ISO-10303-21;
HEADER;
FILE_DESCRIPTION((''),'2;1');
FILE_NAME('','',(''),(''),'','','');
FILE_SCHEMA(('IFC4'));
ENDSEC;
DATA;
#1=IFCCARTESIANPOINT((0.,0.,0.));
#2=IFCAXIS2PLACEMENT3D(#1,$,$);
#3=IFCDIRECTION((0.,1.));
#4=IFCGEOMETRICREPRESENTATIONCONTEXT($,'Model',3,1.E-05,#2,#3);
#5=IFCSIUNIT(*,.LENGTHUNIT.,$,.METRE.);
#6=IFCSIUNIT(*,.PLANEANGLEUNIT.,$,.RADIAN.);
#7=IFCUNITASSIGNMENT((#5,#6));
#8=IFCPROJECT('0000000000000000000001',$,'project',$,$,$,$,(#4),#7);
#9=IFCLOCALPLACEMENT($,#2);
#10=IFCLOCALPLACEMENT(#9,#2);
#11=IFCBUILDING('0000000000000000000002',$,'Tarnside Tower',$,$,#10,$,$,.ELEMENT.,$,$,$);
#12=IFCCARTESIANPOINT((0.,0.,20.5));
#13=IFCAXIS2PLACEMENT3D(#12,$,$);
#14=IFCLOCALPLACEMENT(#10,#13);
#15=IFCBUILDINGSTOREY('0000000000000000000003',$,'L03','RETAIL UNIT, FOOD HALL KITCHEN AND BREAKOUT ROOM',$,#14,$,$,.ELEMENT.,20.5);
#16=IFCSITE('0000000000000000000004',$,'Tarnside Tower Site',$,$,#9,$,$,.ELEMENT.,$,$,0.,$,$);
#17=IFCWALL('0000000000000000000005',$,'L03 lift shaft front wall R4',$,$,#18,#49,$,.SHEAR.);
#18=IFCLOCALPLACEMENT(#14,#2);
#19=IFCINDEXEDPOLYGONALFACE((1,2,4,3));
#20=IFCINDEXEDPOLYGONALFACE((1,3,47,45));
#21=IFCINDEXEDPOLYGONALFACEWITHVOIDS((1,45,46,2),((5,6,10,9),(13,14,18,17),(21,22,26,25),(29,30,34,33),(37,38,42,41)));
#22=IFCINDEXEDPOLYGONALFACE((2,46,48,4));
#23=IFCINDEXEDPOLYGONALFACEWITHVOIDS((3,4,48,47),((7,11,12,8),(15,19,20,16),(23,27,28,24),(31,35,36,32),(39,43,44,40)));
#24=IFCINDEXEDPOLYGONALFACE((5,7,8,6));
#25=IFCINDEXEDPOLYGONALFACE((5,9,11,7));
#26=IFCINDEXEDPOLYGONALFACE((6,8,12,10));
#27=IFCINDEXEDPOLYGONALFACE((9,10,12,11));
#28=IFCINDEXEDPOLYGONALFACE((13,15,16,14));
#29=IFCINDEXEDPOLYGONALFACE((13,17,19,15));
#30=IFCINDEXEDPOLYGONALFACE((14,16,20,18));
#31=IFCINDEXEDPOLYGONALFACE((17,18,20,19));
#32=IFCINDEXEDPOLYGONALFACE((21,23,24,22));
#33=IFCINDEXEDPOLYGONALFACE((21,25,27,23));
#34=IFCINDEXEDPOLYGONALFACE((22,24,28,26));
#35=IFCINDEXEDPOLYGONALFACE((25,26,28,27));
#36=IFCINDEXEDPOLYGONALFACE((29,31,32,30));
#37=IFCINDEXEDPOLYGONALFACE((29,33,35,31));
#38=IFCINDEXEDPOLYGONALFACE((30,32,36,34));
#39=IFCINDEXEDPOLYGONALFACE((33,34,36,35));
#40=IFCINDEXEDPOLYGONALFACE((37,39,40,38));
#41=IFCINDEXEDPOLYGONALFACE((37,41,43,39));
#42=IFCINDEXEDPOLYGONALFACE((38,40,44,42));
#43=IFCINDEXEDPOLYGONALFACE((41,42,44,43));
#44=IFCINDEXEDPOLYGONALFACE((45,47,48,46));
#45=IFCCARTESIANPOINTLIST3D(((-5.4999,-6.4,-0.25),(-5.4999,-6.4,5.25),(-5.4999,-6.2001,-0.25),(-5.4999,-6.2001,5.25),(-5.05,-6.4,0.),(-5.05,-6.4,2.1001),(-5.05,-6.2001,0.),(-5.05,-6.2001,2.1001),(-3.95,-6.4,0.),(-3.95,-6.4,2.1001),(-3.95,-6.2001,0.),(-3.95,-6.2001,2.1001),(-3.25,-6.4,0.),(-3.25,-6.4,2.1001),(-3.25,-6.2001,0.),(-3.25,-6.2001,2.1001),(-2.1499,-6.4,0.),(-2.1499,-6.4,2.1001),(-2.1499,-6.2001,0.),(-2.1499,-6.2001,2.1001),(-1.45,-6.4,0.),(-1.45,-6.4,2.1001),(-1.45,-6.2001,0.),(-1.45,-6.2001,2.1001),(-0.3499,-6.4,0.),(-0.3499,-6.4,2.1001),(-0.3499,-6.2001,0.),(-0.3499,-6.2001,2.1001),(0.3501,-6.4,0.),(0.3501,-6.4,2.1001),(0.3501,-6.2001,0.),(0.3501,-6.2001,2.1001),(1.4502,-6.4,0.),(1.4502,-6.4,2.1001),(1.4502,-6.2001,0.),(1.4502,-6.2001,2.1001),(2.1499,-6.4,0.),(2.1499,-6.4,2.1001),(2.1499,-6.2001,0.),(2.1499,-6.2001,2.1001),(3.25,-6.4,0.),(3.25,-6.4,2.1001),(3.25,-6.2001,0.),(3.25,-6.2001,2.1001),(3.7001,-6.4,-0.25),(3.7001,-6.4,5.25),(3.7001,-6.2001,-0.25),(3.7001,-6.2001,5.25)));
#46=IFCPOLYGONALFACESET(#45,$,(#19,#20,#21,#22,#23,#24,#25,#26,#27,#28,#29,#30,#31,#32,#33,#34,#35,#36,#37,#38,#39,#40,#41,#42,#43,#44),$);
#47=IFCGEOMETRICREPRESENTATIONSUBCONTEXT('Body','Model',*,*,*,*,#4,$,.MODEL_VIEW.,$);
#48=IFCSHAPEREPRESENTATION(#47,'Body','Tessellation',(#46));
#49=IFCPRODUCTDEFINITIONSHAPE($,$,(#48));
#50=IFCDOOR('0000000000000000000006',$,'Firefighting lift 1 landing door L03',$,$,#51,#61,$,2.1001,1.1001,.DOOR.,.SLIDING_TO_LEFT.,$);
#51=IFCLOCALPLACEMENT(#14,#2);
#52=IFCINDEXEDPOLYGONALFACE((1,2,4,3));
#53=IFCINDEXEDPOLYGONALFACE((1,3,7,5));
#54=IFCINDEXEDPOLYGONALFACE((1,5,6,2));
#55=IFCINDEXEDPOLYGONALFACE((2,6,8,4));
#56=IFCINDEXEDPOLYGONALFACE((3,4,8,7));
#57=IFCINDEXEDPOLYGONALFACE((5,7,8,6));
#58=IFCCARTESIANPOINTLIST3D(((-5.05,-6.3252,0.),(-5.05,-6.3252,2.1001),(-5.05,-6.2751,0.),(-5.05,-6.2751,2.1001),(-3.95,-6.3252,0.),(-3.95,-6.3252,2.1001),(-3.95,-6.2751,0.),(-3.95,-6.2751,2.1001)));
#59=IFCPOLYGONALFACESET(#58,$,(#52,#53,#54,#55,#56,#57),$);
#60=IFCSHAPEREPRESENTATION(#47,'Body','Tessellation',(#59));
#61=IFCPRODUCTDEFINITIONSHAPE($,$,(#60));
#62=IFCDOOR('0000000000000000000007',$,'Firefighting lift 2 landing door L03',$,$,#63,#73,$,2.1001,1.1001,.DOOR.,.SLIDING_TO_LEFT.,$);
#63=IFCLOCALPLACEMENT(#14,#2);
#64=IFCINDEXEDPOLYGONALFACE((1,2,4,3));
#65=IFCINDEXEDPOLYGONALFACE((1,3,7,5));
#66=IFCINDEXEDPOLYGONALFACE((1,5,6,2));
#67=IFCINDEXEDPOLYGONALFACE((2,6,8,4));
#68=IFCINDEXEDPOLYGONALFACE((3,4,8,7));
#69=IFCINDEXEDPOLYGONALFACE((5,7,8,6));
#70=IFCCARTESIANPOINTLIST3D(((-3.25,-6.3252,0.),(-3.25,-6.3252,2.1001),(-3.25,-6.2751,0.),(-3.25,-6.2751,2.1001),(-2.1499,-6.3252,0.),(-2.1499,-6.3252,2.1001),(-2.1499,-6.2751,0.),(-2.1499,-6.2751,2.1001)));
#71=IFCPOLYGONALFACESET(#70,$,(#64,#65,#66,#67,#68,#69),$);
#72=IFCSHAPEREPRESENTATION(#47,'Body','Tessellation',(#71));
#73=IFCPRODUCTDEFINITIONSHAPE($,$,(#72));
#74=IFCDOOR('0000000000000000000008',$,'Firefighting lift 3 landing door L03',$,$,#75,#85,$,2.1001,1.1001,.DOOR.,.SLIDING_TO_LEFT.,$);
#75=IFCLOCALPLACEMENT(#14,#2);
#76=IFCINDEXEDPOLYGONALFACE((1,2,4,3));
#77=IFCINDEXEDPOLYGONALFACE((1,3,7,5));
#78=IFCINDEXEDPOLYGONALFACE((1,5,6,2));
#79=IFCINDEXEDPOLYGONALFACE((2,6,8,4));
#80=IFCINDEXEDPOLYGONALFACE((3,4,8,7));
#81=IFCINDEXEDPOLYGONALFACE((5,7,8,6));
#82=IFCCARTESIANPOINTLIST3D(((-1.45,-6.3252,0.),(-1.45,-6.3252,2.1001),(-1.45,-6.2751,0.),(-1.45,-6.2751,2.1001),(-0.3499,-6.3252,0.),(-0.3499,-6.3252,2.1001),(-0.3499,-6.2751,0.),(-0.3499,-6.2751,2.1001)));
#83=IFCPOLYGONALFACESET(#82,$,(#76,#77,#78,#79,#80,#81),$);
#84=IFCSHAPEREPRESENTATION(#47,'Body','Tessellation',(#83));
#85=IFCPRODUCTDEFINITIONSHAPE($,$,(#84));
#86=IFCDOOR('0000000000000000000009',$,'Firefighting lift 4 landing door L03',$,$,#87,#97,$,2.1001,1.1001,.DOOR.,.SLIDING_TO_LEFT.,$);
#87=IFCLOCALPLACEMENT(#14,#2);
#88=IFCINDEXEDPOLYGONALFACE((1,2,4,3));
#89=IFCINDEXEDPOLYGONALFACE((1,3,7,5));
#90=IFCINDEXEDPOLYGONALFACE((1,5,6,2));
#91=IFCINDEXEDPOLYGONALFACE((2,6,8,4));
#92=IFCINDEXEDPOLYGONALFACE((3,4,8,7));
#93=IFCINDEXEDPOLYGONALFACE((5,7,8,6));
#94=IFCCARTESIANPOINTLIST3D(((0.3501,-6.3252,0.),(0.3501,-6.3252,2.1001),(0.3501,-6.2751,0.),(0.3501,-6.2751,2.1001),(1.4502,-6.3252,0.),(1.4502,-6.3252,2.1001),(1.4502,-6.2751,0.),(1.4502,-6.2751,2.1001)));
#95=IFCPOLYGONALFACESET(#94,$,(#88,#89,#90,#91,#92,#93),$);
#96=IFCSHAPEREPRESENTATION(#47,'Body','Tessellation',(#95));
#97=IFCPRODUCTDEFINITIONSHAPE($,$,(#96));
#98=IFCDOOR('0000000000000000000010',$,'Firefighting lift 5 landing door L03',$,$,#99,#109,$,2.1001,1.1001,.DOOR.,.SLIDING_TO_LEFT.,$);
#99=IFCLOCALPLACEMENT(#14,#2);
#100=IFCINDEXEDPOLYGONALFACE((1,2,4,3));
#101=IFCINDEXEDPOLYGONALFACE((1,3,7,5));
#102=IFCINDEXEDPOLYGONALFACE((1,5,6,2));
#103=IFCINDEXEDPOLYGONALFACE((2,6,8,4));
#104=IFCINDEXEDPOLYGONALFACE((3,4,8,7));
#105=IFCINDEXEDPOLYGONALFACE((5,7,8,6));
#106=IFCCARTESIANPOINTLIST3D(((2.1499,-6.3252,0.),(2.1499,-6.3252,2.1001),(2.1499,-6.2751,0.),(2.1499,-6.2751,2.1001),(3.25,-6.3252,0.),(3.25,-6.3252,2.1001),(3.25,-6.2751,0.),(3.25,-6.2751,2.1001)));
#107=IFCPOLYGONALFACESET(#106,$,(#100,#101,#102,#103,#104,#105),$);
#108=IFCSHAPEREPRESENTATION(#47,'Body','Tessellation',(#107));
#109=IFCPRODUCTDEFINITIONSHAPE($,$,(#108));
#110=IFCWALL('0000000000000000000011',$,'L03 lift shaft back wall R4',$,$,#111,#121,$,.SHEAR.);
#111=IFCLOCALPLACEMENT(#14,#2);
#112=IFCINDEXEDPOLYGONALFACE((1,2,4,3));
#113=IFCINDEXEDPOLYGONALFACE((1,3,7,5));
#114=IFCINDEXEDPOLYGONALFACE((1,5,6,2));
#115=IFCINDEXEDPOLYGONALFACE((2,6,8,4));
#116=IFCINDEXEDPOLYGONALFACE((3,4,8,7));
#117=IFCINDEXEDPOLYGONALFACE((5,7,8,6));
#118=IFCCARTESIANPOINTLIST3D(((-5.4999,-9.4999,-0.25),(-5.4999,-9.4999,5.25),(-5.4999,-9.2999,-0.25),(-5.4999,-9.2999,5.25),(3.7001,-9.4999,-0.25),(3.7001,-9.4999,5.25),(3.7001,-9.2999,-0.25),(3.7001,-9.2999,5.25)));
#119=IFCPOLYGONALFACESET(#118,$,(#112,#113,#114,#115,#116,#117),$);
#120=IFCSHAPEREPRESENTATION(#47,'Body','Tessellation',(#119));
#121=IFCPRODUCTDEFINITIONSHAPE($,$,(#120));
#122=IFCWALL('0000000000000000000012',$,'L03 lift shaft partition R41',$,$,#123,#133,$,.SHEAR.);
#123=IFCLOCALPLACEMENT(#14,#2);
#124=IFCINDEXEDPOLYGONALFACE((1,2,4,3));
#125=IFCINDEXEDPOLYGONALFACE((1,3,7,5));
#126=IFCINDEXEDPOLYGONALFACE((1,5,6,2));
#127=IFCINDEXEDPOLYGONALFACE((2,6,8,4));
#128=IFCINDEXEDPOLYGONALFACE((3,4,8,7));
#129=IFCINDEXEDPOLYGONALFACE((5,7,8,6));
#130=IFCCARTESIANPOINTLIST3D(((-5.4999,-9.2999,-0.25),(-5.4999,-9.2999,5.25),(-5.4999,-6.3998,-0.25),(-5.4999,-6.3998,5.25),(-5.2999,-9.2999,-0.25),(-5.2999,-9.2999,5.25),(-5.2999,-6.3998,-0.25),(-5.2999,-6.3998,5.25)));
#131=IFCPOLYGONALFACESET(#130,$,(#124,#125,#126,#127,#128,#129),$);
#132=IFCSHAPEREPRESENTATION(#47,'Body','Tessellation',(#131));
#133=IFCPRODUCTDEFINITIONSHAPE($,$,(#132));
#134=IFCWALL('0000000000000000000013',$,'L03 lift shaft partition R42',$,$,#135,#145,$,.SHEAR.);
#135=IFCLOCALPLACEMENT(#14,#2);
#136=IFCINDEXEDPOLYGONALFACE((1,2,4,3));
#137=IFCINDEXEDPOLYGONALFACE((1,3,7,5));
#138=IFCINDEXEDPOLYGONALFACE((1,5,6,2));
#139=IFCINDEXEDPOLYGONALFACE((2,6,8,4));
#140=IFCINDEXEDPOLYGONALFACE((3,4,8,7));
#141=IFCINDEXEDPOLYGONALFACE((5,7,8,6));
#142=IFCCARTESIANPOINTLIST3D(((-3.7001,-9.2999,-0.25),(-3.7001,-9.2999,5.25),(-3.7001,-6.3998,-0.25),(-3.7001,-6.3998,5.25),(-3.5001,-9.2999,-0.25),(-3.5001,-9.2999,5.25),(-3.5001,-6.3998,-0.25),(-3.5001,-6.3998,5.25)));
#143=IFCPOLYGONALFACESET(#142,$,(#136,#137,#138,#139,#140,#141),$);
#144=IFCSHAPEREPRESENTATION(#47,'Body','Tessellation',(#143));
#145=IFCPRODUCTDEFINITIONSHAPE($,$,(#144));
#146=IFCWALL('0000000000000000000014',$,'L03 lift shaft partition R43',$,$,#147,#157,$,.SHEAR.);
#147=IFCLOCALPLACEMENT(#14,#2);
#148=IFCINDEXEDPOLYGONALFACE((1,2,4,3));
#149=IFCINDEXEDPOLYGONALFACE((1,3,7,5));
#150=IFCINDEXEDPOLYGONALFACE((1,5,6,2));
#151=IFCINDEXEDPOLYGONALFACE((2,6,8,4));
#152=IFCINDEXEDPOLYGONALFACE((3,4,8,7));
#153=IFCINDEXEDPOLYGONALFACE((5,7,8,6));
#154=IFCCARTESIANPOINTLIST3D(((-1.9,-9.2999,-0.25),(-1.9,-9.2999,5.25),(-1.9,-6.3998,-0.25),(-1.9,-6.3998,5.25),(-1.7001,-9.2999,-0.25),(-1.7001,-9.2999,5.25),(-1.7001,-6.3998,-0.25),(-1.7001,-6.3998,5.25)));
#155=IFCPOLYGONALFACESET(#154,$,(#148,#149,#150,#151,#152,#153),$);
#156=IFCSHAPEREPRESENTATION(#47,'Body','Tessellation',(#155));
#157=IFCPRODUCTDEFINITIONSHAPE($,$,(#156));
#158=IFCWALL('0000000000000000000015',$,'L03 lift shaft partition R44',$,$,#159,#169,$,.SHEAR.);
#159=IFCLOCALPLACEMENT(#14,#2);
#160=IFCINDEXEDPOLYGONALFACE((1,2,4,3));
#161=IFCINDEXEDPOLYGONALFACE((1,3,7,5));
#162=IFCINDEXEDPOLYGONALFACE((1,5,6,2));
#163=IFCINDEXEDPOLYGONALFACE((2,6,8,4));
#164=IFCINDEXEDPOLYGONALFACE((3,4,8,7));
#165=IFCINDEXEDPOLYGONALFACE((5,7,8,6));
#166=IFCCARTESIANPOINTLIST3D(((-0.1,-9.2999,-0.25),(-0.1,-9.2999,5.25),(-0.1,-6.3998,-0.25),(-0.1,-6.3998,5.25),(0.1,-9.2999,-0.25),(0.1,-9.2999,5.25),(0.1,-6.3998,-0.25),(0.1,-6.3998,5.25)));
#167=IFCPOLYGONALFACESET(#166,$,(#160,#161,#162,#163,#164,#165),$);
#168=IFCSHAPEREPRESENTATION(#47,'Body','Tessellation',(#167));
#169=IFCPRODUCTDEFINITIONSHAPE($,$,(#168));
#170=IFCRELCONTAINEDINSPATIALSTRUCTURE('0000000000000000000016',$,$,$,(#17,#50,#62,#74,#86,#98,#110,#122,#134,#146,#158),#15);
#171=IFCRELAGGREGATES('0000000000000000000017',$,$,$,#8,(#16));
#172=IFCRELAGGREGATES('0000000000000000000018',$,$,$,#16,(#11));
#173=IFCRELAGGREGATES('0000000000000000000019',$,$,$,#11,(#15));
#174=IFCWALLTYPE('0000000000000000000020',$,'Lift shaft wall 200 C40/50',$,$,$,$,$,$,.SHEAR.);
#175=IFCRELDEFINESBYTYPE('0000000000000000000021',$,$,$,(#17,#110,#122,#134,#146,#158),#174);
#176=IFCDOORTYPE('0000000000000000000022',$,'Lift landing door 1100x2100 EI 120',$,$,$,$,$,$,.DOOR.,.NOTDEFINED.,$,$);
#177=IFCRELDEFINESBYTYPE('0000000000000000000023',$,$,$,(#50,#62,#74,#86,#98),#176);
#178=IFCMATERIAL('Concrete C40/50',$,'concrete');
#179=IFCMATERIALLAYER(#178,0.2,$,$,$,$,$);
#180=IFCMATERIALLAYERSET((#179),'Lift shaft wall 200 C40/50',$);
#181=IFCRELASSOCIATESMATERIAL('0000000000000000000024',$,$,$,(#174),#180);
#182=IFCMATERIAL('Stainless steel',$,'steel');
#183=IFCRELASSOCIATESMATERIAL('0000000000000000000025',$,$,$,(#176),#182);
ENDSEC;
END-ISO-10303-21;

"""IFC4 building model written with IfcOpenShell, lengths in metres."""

from ifc_helpers import new_model, si_unit, direction, frame, frame_2d, origin, place, context, subcontext, project, spatial, rectangle, extrude, material, layer, layer_set, type_object, element, fill, save


model = new_model("IFC4")

# Units and contexts
model_context = context("Model", 3, precision=1e-05, world=origin(), true_north=direction((0.0, 1.0)))
body_context = subcontext(model_context, "Body", "Model", "MODEL_VIEW")
ifc_project = project(units=[si_unit("LENGTHUNIT", "METRE"), si_unit("PLANEANGLEUNIT", "RADIAN")], contexts=[model_context])

# Site, building, storey
site_placement = place(None, origin())
site = spatial("IfcSite", under=ifc_project, at=site_placement, Name="Tarnside Tower Site", CompositionType="ELEMENT", RefElevation=0.0)
building_placement = place(site_placement, origin())
building = spatial("IfcBuilding", under=site, at=building_placement, Name="Tarnside Tower", CompositionType="ELEMENT")
storey_placement = place(building_placement, frame((0.0, 0.0, 20.5)))
storey = spatial("IfcBuildingStorey", under=building, at=storey_placement, Name="L03", Description="RETAIL UNIT, FOOD HALL KITCHEN AND BREAKOUT ROOM", CompositionType="ELEMENT", Elevation=20.5)

# Shared definitions
ifc_material_1 = material(Name="Concrete C40/50", Category="concrete")

# Shared definitions
ifc_layer_1 = layer(ifc_material_1, 0.2)
ifc_layer_set_1 = layer_set([ifc_layer_1], Name="Lift shaft wall 200 C40/50")
wall_type_1 = type_object("IfcWallType", Name="Lift shaft wall 200 C40/50", PredefinedType="SHEAR", material=ifc_layer_set_1)

# Wall, openings, doors
wall_1_placement = place(storey_placement, frame((-5.5, -6.3, -0.25), z_axis=(0.0, 0.0, 1.0), x_axis=(1.0, 0.0, 0.0)))
wall_1 = element("IfcWall", 1, at=wall_1_placement, inside=storey, type_object=wall_type_1, Name="L03 lift shaft front wall R4", PredefinedType="SHEAR", context=body_context, shape_type="SweptSolid", body=[
    extrude(rectangle(XDim=9.2, YDim=0.2, at=frame_2d((4.6001, 0.0))), origin(), (0.0, 0.0, 1.0), 5.5),
])
opening_1_placement = place(wall_1_placement, frame((0.45, 0.0, 0.25)))
opening_1 = element("IfcOpeningElement", 2, at=opening_1_placement, cuts=wall_1, PredefinedType="OPENING", context=body_context, shape_type="SweptSolid", body=[
    extrude(rectangle(XDim=1.1001, YDim=2.1001, at=frame_2d((0.55, 1.05))), frame((0.0, 0.1099, 0.0), z_axis=(0.0, -1.0, 0.0), x_axis=(1.0, 0.0, 0.0)), (0.0, 0.0, 1.0), 0.22),
])
opening_2_placement = place(wall_1_placement, frame((2.25, 0.0, 0.25)))
opening_2 = element("IfcOpeningElement", 3, at=opening_2_placement, cuts=wall_1, PredefinedType="OPENING", context=body_context, shape_type="SweptSolid", body=[
    extrude(rectangle(XDim=1.1001, YDim=2.1001, at=frame_2d((0.55, 1.05))), frame((0.0, 0.1099, 0.0), z_axis=(0.0, -1.0, 0.0), x_axis=(1.0, 0.0, 0.0)), (0.0, 0.0, 1.0), 0.22),
])
opening_3_placement = place(wall_1_placement, frame((4.05, 0.0, 0.25)))
opening_3 = element("IfcOpeningElement", 4, at=opening_3_placement, cuts=wall_1, PredefinedType="OPENING", context=body_context, shape_type="SweptSolid", body=[
    extrude(rectangle(XDim=1.1001, YDim=2.1001, at=frame_2d((0.55, 1.05))), frame((0.0, 0.1099, 0.0), z_axis=(0.0, -1.0, 0.0), x_axis=(1.0, 0.0, 0.0)), (0.0, 0.0, 1.0), 0.22),
])
opening_4_placement = place(wall_1_placement, frame((5.8501, 0.0, 0.25)))
opening_4 = element("IfcOpeningElement", 5, at=opening_4_placement, cuts=wall_1, PredefinedType="OPENING", context=body_context, shape_type="SweptSolid", body=[
    extrude(rectangle(XDim=1.1001, YDim=2.1001, at=frame_2d((0.55, 1.05))), frame((0.0, 0.1099, 0.0), z_axis=(0.0, -1.0, 0.0), x_axis=(1.0, 0.0, 0.0)), (0.0, 0.0, 1.0), 0.22),
])
opening_5_placement = place(wall_1_placement, frame((7.6499, 0.0, 0.25)))
opening_5 = element("IfcOpeningElement", 6, at=opening_5_placement, cuts=wall_1, PredefinedType="OPENING", context=body_context, shape_type="SweptSolid", body=[
    extrude(rectangle(XDim=1.1001, YDim=2.1001, at=frame_2d((0.55, 1.05))), frame((0.0, 0.1099, 0.0), z_axis=(0.0, -1.0, 0.0), x_axis=(1.0, 0.0, 0.0)), (0.0, 0.0, 1.0), 0.22),
])
ifc_material_2 = material(Name="Stainless steel", Category="steel")
door_type_1 = type_object("IfcDoorType", Name="Lift landing door 1100x2100 EI 120", OperationType="NOTDEFINED", PredefinedType="DOOR", material=ifc_material_2)
door_1_placement = place(opening_1_placement, origin())
door_1 = element("IfcDoor", 7, at=door_1_placement, inside=storey, type_object=door_type_1, Name="Firefighting lift 1 landing door L03", OperationType="SLIDING_TO_LEFT", OverallHeight=2.1001, OverallWidth=1.1001, PredefinedType="DOOR", context=body_context, shape_type="SweptSolid", body=[
    extrude(rectangle(XDim=1.1001, YDim=2.1001, at=frame_2d((0.55, 1.05))), frame((0.0, 0.0249, 0.0), z_axis=(0.0, -1.0, 0.0), x_axis=(1.0, 0.0, 0.0)), (0.0, 0.0, 1.0), 0.05),
])
fill(opening_1, door_1)
door_2_placement = place(opening_2_placement, origin())
door_2 = element("IfcDoor", 8, at=door_2_placement, inside=storey, type_object=door_type_1, Name="Firefighting lift 2 landing door L03", OperationType="SLIDING_TO_LEFT", OverallHeight=2.1001, OverallWidth=1.1001, PredefinedType="DOOR", context=body_context, shape_type="SweptSolid", body=[
    extrude(rectangle(XDim=1.1001, YDim=2.1001, at=frame_2d((0.55, 1.05))), frame((0.0, 0.0249, 0.0), z_axis=(0.0, -1.0, 0.0), x_axis=(1.0, 0.0, 0.0)), (0.0, 0.0, 1.0), 0.05),
])
fill(opening_2, door_2)
door_3_placement = place(opening_3_placement, origin())
door_3 = element("IfcDoor", 9, at=door_3_placement, inside=storey, type_object=door_type_1, Name="Firefighting lift 3 landing door L03", OperationType="SLIDING_TO_LEFT", OverallHeight=2.1001, OverallWidth=1.1001, PredefinedType="DOOR", context=body_context, shape_type="SweptSolid", body=[
    extrude(rectangle(XDim=1.1001, YDim=2.1001, at=frame_2d((0.55, 1.05))), frame((0.0, 0.0249, 0.0), z_axis=(0.0, -1.0, 0.0), x_axis=(1.0, 0.0, 0.0)), (0.0, 0.0, 1.0), 0.05),
])
fill(opening_3, door_3)
door_4_placement = place(opening_4_placement, origin())
door_4 = element("IfcDoor", 10, at=door_4_placement, inside=storey, type_object=door_type_1, Name="Firefighting lift 4 landing door L03", OperationType="SLIDING_TO_LEFT", OverallHeight=2.1001, OverallWidth=1.1001, PredefinedType="DOOR", context=body_context, shape_type="SweptSolid", body=[
    extrude(rectangle(XDim=1.1001, YDim=2.1001, at=frame_2d((0.55, 1.05))), frame((0.0, 0.0249, 0.0), z_axis=(0.0, -1.0, 0.0), x_axis=(1.0, 0.0, 0.0)), (0.0, 0.0, 1.0), 0.05),
])
fill(opening_4, door_4)
door_5_placement = place(opening_5_placement, origin())
door_5 = element("IfcDoor", 11, at=door_5_placement, inside=storey, type_object=door_type_1, Name="Firefighting lift 5 landing door L03", OperationType="SLIDING_TO_LEFT", OverallHeight=2.1001, OverallWidth=1.1001, PredefinedType="DOOR", context=body_context, shape_type="SweptSolid", body=[
    extrude(rectangle(XDim=1.1001, YDim=2.1001, at=frame_2d((0.55, 1.05))), frame((0.0, 0.0249, 0.0), z_axis=(0.0, -1.0, 0.0), x_axis=(1.0, 0.0, 0.0)), (0.0, 0.0, 1.0), 0.05),
])
fill(opening_5, door_5)

# Walls
wall_2_placement = place(storey_placement, frame((-5.5, -9.3999, -0.25), z_axis=(0.0, 0.0, 1.0), x_axis=(1.0, 0.0, 0.0)))
element("IfcWall", 12, at=wall_2_placement, inside=storey, type_object=wall_type_1, Name="L03 lift shaft back wall R4", PredefinedType="SHEAR", context=body_context, shape_type="SweptSolid", body=[
    extrude(rectangle(XDim=9.2, YDim=0.2, at=frame_2d((4.6001, 0.0))), origin(), (0.0, 0.0, 1.0), 5.5),
])
for number, where, z_axis, x_axis, name in (
    (13, (-5.3999, -9.3, -0.25), (0.0, 0.0, 1.0), (0.0, 1.0, 0.0), "L03 lift shaft partition R41"),
    (14, (-3.6001, -9.3, -0.25), (0.0, 0.0, 1.0), (0.0, 1.0, 0.0), "L03 lift shaft partition R42"),
    (15, (-1.8, -9.3, -0.25), (0.0, 0.0, 1.0), (0.0, 1.0, 0.0), "L03 lift shaft partition R43"),
    (16, (0.0, -9.3, -0.25), (0.0, 0.0, 1.0), (0.0, 1.0, 0.0), "L03 lift shaft partition R44"),
):
    element("IfcWall", number, at=place(storey_placement, frame(where, z_axis=z_axis, x_axis=x_axis)), inside=storey, type_object=wall_type_1, Name=name, PredefinedType="SHEAR", context=body_context, shape_type="SweptSolid", body=[
        extrude(rectangle(XDim=2.9001, YDim=0.2, at=frame_2d((1.4502, 0.0))), origin(), (0.0, 0.0, 1.0), 5.5),
    ])

save(model, "model.ifc")
